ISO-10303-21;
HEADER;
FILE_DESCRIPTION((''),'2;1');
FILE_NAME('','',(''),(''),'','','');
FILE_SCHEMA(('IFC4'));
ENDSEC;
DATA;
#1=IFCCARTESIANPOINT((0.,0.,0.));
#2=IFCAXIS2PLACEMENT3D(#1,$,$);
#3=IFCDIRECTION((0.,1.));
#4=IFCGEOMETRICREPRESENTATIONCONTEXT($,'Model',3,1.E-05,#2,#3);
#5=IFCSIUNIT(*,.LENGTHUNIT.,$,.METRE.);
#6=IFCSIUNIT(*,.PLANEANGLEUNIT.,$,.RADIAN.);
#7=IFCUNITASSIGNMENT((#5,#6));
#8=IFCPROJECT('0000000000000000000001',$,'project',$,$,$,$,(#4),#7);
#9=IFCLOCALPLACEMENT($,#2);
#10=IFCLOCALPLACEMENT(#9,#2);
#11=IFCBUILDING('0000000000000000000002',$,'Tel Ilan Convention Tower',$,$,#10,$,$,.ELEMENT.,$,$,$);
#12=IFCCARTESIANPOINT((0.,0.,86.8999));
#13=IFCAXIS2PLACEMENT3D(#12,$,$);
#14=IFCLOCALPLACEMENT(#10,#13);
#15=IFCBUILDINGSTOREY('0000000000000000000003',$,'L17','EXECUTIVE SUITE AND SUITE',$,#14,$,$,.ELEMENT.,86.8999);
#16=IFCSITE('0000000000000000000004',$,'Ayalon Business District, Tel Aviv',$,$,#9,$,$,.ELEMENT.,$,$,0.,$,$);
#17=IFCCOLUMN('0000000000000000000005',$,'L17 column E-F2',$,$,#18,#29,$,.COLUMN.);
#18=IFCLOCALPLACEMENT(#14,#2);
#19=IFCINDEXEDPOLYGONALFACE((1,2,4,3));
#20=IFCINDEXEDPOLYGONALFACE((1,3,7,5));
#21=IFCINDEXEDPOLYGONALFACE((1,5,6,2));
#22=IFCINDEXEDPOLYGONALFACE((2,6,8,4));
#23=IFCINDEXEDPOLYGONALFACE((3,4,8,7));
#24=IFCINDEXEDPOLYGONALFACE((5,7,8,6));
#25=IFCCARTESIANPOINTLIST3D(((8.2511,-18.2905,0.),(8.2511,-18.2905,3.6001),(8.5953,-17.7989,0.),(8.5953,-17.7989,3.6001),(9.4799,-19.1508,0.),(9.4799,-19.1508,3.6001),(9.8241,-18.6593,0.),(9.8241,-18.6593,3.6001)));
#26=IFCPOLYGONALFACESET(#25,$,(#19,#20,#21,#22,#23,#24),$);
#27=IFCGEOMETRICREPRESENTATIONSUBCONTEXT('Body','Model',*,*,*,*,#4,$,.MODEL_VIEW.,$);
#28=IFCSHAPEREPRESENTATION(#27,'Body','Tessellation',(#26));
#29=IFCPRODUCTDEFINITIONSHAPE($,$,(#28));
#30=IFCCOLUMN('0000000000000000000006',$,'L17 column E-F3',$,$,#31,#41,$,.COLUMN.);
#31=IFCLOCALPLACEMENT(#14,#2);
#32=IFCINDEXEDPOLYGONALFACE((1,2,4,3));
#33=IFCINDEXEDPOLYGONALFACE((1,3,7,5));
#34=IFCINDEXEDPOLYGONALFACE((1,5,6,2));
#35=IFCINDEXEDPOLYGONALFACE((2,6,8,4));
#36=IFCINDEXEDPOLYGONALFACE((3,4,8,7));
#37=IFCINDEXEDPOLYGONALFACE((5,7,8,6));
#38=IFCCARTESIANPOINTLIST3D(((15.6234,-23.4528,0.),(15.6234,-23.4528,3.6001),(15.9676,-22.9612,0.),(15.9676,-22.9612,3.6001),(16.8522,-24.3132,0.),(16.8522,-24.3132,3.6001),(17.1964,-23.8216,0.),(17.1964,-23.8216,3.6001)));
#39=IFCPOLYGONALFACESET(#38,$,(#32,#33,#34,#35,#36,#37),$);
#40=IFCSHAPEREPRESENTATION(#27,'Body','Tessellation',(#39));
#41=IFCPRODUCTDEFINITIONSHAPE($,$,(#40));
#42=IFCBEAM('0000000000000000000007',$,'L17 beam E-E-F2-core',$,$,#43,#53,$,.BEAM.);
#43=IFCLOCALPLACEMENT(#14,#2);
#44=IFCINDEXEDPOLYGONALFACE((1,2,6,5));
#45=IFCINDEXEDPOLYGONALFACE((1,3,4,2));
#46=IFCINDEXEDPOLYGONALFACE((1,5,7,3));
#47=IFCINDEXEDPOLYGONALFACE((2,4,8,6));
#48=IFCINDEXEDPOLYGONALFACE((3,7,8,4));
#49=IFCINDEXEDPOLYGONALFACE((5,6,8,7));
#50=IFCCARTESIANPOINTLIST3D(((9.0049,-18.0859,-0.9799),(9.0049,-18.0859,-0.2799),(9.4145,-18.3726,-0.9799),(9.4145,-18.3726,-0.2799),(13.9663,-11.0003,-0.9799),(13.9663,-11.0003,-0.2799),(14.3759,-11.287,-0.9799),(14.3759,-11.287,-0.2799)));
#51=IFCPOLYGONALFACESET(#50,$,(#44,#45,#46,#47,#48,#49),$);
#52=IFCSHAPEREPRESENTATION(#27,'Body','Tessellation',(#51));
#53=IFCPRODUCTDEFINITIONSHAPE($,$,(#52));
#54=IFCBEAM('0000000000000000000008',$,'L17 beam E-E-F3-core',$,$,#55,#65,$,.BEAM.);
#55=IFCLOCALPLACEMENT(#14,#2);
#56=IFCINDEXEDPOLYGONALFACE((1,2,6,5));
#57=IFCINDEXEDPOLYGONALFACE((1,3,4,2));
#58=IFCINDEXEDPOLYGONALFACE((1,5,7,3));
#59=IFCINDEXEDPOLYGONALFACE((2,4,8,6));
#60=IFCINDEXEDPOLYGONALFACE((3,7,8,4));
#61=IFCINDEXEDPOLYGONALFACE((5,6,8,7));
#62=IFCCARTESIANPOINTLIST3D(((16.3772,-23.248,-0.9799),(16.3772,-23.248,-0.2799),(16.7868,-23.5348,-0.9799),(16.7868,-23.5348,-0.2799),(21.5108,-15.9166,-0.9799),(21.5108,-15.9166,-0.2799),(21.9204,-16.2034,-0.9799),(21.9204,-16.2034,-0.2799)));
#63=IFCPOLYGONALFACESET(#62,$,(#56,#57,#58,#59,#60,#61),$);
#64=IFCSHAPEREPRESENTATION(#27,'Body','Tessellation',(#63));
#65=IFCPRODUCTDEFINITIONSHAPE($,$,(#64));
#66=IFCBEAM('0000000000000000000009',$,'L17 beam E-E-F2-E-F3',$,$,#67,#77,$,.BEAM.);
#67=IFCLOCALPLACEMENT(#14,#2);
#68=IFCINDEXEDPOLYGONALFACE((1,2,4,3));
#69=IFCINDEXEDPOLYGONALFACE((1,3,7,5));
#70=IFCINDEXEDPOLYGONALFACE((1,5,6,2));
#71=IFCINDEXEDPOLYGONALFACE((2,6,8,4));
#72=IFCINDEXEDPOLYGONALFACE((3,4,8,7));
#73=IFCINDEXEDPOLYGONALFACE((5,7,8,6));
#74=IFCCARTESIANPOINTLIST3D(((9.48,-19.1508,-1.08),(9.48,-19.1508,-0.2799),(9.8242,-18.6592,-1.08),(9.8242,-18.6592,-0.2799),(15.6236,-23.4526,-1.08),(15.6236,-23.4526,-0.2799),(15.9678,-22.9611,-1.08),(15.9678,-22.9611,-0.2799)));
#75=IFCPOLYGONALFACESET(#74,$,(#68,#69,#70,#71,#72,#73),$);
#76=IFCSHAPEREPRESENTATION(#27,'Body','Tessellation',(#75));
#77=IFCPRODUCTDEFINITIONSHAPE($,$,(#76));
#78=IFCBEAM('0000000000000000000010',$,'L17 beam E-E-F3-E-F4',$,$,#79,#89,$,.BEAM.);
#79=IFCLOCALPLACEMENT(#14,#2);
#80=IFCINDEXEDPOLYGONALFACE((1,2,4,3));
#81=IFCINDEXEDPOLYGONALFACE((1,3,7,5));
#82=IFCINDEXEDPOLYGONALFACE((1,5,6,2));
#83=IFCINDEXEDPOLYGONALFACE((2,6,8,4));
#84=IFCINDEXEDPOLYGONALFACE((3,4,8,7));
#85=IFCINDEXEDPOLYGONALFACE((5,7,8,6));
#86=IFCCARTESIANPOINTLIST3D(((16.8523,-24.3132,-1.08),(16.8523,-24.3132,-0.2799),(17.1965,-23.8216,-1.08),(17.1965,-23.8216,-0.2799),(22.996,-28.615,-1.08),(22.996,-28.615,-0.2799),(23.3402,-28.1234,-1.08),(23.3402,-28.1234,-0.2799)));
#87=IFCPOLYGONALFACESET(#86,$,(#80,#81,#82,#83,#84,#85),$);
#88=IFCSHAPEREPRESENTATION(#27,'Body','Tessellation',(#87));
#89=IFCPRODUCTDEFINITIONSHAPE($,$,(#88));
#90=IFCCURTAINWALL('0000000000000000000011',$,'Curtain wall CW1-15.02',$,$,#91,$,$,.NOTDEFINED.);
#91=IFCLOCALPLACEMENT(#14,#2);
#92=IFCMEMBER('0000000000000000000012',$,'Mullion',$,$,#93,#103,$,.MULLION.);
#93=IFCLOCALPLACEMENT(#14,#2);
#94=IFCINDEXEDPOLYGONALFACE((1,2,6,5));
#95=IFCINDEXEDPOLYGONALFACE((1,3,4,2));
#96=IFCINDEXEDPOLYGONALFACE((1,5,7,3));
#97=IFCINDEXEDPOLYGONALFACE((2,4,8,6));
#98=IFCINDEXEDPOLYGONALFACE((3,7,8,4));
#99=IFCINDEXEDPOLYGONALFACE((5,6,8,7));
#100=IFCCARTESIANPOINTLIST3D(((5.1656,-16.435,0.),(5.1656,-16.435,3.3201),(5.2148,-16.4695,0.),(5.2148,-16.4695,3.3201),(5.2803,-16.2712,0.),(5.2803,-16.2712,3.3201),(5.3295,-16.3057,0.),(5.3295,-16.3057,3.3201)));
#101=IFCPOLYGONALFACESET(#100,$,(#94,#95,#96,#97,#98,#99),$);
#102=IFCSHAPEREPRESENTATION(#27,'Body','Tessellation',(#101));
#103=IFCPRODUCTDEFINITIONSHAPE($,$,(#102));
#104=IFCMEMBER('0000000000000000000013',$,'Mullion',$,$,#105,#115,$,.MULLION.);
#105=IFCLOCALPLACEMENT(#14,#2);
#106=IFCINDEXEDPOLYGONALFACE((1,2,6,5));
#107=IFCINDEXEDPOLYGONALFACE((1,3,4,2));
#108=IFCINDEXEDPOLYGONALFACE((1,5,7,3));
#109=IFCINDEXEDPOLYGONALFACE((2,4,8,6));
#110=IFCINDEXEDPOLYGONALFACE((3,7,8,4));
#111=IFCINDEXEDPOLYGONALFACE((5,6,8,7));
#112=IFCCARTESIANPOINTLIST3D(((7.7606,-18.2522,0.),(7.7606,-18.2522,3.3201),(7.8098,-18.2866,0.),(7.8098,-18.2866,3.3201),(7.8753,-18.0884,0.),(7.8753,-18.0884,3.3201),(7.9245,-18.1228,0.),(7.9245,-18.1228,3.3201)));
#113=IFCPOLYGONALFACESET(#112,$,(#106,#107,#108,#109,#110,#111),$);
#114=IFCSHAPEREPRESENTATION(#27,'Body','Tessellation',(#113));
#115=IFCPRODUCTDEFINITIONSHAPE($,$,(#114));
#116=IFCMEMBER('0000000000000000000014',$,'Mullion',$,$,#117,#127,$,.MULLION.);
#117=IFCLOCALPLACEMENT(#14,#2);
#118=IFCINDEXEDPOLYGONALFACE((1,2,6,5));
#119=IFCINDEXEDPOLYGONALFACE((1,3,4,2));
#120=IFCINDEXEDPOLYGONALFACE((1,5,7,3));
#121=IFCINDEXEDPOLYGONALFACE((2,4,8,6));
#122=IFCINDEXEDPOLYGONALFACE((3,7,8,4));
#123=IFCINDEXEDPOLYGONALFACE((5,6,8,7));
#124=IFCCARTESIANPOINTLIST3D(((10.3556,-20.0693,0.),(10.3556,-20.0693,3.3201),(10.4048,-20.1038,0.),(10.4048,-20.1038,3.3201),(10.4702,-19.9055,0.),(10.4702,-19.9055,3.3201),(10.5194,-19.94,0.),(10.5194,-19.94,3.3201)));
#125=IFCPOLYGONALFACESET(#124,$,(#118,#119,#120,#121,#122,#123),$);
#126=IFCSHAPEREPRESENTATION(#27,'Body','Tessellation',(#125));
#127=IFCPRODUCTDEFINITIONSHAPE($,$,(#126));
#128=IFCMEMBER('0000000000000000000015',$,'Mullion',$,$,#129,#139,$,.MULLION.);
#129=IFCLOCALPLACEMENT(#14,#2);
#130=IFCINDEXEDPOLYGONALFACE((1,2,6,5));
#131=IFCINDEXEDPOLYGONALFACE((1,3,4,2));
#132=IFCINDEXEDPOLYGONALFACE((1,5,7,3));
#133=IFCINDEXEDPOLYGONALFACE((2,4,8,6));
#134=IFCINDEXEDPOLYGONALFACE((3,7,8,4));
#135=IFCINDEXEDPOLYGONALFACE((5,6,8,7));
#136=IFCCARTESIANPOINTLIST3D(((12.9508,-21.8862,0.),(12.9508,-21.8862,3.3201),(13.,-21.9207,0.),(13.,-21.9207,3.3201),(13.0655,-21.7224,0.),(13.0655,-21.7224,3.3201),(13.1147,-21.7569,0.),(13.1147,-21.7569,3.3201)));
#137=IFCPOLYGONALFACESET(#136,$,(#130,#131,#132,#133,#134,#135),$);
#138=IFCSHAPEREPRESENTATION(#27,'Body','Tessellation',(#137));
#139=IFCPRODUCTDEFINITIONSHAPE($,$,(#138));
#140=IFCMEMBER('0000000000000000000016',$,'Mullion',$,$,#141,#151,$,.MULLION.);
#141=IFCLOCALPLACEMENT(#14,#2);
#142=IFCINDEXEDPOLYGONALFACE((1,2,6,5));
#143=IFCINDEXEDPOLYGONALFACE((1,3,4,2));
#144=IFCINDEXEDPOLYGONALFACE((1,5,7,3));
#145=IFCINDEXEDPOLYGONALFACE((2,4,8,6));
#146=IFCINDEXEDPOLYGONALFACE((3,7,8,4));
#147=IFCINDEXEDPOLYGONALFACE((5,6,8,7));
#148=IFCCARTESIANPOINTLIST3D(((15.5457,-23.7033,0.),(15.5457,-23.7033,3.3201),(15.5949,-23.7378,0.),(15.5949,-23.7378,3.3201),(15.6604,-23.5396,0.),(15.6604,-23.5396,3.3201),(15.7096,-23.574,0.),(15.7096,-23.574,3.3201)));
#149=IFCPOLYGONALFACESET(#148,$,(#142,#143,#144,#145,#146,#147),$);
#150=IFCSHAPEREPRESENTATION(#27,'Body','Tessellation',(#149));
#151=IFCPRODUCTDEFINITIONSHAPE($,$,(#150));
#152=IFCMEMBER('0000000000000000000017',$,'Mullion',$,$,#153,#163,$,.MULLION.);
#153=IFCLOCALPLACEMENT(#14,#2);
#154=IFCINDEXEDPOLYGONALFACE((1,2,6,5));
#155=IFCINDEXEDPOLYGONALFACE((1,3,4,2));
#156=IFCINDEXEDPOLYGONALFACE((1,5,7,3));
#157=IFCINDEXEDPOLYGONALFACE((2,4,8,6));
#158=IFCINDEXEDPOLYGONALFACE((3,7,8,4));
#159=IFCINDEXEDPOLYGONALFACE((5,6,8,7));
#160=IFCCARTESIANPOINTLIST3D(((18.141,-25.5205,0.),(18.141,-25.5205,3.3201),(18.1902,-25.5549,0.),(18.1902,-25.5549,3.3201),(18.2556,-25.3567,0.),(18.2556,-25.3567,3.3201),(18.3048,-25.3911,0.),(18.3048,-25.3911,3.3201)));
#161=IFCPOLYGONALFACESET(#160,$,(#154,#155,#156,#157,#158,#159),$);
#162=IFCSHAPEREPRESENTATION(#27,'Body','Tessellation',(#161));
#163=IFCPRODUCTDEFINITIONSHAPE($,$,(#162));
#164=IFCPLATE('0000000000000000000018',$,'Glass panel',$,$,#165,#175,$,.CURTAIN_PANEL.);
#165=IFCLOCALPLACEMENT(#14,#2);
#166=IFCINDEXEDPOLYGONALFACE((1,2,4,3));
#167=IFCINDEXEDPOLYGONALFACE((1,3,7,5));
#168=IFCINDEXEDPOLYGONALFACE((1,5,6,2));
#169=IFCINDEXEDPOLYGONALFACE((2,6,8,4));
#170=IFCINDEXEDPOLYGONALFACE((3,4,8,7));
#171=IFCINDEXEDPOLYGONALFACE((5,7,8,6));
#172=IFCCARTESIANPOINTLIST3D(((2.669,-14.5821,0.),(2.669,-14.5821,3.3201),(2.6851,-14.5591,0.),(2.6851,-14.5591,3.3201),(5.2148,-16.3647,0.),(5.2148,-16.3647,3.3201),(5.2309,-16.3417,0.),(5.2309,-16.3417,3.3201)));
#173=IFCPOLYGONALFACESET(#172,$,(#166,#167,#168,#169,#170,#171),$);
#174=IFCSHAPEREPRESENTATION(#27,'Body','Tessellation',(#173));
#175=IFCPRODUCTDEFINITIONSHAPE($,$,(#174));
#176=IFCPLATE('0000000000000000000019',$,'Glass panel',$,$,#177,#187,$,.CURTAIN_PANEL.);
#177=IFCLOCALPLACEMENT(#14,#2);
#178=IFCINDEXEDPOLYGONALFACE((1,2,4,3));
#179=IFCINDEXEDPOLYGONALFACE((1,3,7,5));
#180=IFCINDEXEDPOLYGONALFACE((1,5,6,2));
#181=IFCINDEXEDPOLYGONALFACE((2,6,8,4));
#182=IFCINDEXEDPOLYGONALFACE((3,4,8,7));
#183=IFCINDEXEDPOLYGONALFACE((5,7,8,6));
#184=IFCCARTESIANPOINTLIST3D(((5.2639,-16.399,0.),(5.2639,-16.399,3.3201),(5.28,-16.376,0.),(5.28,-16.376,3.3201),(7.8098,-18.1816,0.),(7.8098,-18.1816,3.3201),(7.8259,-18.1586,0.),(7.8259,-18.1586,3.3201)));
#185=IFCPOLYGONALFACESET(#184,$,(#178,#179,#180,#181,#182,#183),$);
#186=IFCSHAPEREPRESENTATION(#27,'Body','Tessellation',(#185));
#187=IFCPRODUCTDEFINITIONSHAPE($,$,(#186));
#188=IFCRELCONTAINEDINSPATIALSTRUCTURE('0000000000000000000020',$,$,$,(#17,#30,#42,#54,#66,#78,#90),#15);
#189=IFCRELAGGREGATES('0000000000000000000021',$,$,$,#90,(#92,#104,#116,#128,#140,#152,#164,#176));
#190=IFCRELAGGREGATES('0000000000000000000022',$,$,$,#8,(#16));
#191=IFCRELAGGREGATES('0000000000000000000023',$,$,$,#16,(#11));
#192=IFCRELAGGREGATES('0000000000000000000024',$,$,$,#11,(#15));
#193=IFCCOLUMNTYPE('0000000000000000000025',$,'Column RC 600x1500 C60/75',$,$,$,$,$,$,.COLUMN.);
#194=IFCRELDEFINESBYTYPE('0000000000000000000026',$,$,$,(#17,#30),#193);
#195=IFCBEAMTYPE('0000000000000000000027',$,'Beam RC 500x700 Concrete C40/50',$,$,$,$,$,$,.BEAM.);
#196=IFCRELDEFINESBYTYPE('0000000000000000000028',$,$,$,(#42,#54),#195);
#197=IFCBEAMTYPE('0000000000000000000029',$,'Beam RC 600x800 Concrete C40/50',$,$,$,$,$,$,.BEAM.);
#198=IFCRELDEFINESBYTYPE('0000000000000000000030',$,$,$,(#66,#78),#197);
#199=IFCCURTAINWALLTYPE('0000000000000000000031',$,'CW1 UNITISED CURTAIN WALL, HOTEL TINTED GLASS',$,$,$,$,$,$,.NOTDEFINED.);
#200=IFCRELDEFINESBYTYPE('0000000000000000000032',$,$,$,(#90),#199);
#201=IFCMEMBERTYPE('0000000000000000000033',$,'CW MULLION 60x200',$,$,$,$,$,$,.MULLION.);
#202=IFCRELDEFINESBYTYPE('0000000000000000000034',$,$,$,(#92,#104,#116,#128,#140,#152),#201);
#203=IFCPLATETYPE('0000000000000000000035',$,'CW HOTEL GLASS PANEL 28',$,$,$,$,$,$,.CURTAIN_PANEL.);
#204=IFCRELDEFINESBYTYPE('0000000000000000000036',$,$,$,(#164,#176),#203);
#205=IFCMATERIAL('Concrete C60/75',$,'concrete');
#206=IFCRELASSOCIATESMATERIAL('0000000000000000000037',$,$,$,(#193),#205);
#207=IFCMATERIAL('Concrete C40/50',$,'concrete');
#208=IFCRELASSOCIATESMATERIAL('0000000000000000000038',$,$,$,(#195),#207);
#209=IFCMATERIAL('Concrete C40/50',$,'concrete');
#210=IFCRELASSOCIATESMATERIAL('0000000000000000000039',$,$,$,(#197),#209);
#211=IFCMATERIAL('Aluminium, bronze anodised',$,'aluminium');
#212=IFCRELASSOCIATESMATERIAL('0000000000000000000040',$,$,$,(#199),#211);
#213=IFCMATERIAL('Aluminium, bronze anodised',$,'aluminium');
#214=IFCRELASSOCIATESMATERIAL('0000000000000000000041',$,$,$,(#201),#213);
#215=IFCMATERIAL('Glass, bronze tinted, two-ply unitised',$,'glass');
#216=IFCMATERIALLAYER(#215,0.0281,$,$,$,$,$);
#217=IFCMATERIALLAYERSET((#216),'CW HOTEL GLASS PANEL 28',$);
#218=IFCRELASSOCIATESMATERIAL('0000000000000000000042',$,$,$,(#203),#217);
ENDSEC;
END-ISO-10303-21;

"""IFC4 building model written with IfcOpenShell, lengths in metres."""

from ifc_helpers import new_model, si_unit, direction, frame, origin, origin_2d, place, context, subcontext, project, spatial, rectangle, extrude, material, layer, layer_set, material_profile, profile_set, type_object, element, aggregate, save


model = new_model("IFC4")

# Units and contexts
model_context = context("Model", 3, precision=1e-05, world=origin(), true_north=direction((0.0, 1.0)))
body_context = subcontext(model_context, "Body", "Model", "MODEL_VIEW")
ifc_project = project(units=[si_unit("LENGTHUNIT", "METRE"), si_unit("PLANEANGLEUNIT", "RADIAN")], contexts=[model_context])

# Site, building, storey
site_placement = place(None, origin())
site = spatial("IfcSite", under=ifc_project, at=site_placement, Name="Ayalon Business District, Tel Aviv", CompositionType="ELEMENT", RefElevation=0.0)
building_placement = place(site_placement, origin())
building = spatial("IfcBuilding", under=site, at=building_placement, Name="Tel Ilan Convention Tower", CompositionType="ELEMENT")
storey_placement = place(building_placement, frame((0.0, 0.0, 86.8999)))
storey = spatial("IfcBuildingStorey", under=building, at=storey_placement, Name="L17", Description="EXECUTIVE SUITE AND SUITE", CompositionType="ELEMENT", Elevation=86.8999)

# Columns
ifc_material_1 = material(Name="Concrete C60/75", Category="concrete")
ifc_material_profile_1 = material_profile(ifc_material_1, rectangle(XDim=1.5, YDim=0.6001, at=origin_2d()), Name="RC 600x1500")
ifc_profile_set_1 = profile_set([ifc_material_profile_1], Name="Concrete C60/75")
column_type = type_object("IfcColumnType", Name="Column RC 600x1500 C60/75", PredefinedType="COLUMN", material=ifc_profile_set_1)
for number, where, z_axis, x_axis, name in (
    (1, (9.0376, -18.4749, 0.0), (0.0, 0.0, 1.0), (0.819152, -0.573576, 0.0), "L17 column E-F2"),
    (2, (16.4099, -23.6372, 0.0), (0.0, 0.0, 1.0), (0.819152, -0.573576, 0.0), "L17 column E-F3"),
):
    element("IfcColumn", number, at=place(storey_placement, frame(where, z_axis=z_axis, x_axis=x_axis)), inside=storey, type_object=column_type, Name=name, PredefinedType="COLUMN", context=body_context, shape_type="SweptSolid", body=[
        extrude(rectangle(XDim=1.5, YDim=0.6001, at=origin_2d()), origin(), (0.0, 0.0, 1.0), 3.6001),
    ])

# Beams
ifc_material_2 = material(Name="Concrete C40/50", Category="concrete")
ifc_material_profile_2 = material_profile(ifc_material_2, rectangle(XDim=0.5, YDim=0.7, at=origin_2d()), Name="RC 500x700")
ifc_profile_set_2 = profile_set([ifc_material_profile_2], Name="Concrete C40/50")
beam_type_1 = type_object("IfcBeamType", Name="Beam RC 500x700 Concrete C40/50", PredefinedType="BEAM", material=ifc_profile_set_2)
beam_1_placement = place(storey_placement, frame((9.2097, -18.2292, -0.6299), z_axis=(0.573574, 0.819154, 0.0), x_axis=(-0.819154, 0.573574, 0.0)))
element("IfcBeam", 3, at=beam_1_placement, inside=storey, type_object=beam_type_1, Name="L17 beam E-E-F2-core", PredefinedType="BEAM", context=body_context, shape_type="SweptSolid", body=[
    extrude(rectangle(XDim=0.5, YDim=0.7, at=origin_2d()), origin(), (0.0, 0.0, 1.0), 8.6499),
])
beam_2_placement = place(storey_placement, frame((16.582, -23.3914, -0.6299), z_axis=(0.573585, 0.819146, 0.0), x_axis=(-0.819146, 0.573585, 0.0)))
element("IfcBeam", 4, at=beam_2_placement, inside=storey, type_object=beam_type_1, Name="L17 beam E-E-F3-core", PredefinedType="BEAM", context=body_context, shape_type="SweptSolid", body=[
    extrude(rectangle(XDim=0.5, YDim=0.7, at=origin_2d()), origin(), (0.0, 0.0, 1.0), 8.95),
])
ifc_material_3 = material(Name="Concrete C40/50", Category="concrete")
ifc_material_profile_3 = material_profile(ifc_material_3, rectangle(XDim=0.6001, YDim=0.8, at=origin_2d()), Name="RC 600x800")
ifc_profile_set_3 = profile_set([ifc_material_profile_3], Name="Concrete C40/50")
beam_type_2 = type_object("IfcBeamType", Name="Beam RC 600x800 Concrete C40/50", PredefinedType="BEAM", material=ifc_profile_set_3)
for number, where, z_axis, x_axis, name in (
    (5, (9.6521, -18.905, -0.6799), (0.819152, -0.573576, 0.0), (0.573576, 0.819152, 0.0), "L17 beam E-E-F2-E-F3"),
    (6, (17.0244, -24.0674, -0.6799), (0.819152, -0.573576, 0.0), (0.573576, 0.819152, 0.0), "L17 beam E-E-F3-E-F4"),
):
    element("IfcBeam", number, at=place(storey_placement, frame(where, z_axis=z_axis, x_axis=x_axis)), inside=storey, type_object=beam_type_2, Name=name, PredefinedType="BEAM", context=body_context, shape_type="SweptSolid", body=[
        extrude(rectangle(XDim=0.6001, YDim=0.8, at=origin_2d()), origin(), (0.0, 0.0, 1.0), 7.5),
    ])

# Curtain wall, members, plates
ifc_material_4 = material(Name="Aluminium, bronze anodised", Category="aluminium")
curtain_wall_type = type_object("IfcCurtainWallType", Name="CW1 UNITISED CURTAIN WALL, HOTEL TINTED GLASS", PredefinedType="NOTDEFINED", material=ifc_material_4)
curtain_wall_placement = place(storey_placement, origin())
curtain_wall = element("IfcCurtainWall", 7, at=curtain_wall_placement, inside=storey, type_object=curtain_wall_type, Name="Curtain wall CW1-15.02", PredefinedType="NOTDEFINED")
ifc_material_5 = material(Name="Aluminium, bronze anodised", Category="aluminium")
ifc_material_profile_4 = material_profile(ifc_material_5, rectangle(XDim=0.0601, YDim=0.2, at=origin_2d()), Name="CW MULLION 60x200")
ifc_profile_set_4 = profile_set([ifc_material_profile_4], Name="Aluminium, bronze anodised")
member_type = type_object("IfcMemberType", Name="CW MULLION 60x200", PredefinedType="MULLION", material=ifc_profile_set_4)
member_1_placement = place(storey_placement, frame((5.2476, -16.3704, 0.0), z_axis=(0.0, 0.0, 1.0), x_axis=(0.819152, -0.573576, 0.0)))
member_1 = element("IfcMember", 8, at=member_1_placement, type_object=member_type, Name="Mullion", PredefinedType="MULLION", context=body_context, shape_type="SweptSolid", body=[
    extrude(rectangle(XDim=0.0601, YDim=0.2, at=origin_2d()), origin(), (0.0, 0.0, 1.0), 3.3201),
])
member_2_placement = place(storey_placement, frame((7.8425, -18.1875, 0.0), z_axis=(0.0, 0.0, 1.0), x_axis=(0.819152, -0.573576, 0.0)))
member_2 = element("IfcMember", 9, at=member_2_placement, type_object=member_type, Name="Mullion", PredefinedType="MULLION", context=body_context, shape_type="SweptSolid", body=[
    extrude(rectangle(XDim=0.0601, YDim=0.2, at=origin_2d()), origin(), (0.0, 0.0, 1.0), 3.3201),
])
member_3_placement = place(storey_placement, frame((10.4375, -20.0046, 0.0), z_axis=(0.0, 0.0, 1.0), x_axis=(0.819152, -0.573576, 0.0)))
member_3 = element("IfcMember", 10, at=member_3_placement, type_object=member_type, Name="Mullion", PredefinedType="MULLION", context=body_context, shape_type="SweptSolid", body=[
    extrude(rectangle(XDim=0.0601, YDim=0.2, at=origin_2d()), origin(), (0.0, 0.0, 1.0), 3.3201),
])
member_4_placement = place(storey_placement, frame((13.0327, -21.8215, 0.0), z_axis=(0.0, 0.0, 1.0), x_axis=(0.819152, -0.573576, 0.0)))
member_4 = element("IfcMember", 11, at=member_4_placement, type_object=member_type, Name="Mullion", PredefinedType="MULLION", context=body_context, shape_type="SweptSolid", body=[
    extrude(rectangle(XDim=0.0601, YDim=0.2, at=origin_2d()), origin(), (0.0, 0.0, 1.0), 3.3201),
])
member_5_placement = place(storey_placement, frame((15.6277, -23.6387, 0.0), z_axis=(0.0, 0.0, 1.0), x_axis=(0.819152, -0.573576, 0.0)))
member_5 = element("IfcMember", 12, at=member_5_placement, type_object=member_type, Name="Mullion", PredefinedType="MULLION", context=body_context, shape_type="SweptSolid", body=[
    extrude(rectangle(XDim=0.0601, YDim=0.2, at=origin_2d()), origin(), (0.0, 0.0, 1.0), 3.3201),
])
member_6_placement = place(storey_placement, frame((18.2229, -25.4558, 0.0), z_axis=(0.0, 0.0, 1.0), x_axis=(0.819152, -0.573576, 0.0)))
member_6 = element("IfcMember", 13, at=member_6_placement, type_object=member_type, Name="Mullion", PredefinedType="MULLION", context=body_context, shape_type="SweptSolid", body=[
    extrude(rectangle(XDim=0.0601, YDim=0.2, at=origin_2d()), origin(), (0.0, 0.0, 1.0), 3.3201),
])
ifc_material_6 = material(Name="Glass, bronze tinted, two-ply unitised", Category="glass")
ifc_layer_1 = layer(ifc_material_6, 0.0281)
ifc_layer_set_1 = layer_set([ifc_layer_1], Name="CW HOTEL GLASS PANEL 28")
plate_type = type_object("IfcPlateType", Name="CW HOTEL GLASS PANEL 28", PredefinedType="CURTAIN_PANEL", material=ifc_layer_set_1)
plate_1_placement = place(storey_placement, frame((3.95, -15.4619, 0.0), z_axis=(0.0, 0.0, 1.0), x_axis=(0.819152, -0.573576, 0.0)))
plate_1 = element("IfcPlate", 14, at=plate_1_placement, type_object=plate_type, Name="Glass panel", PredefinedType="CURTAIN_PANEL", context=body_context, shape_type="SweptSolid", body=[
    extrude(rectangle(XDim=3.1079, YDim=0.0281, at=origin_2d()), origin(), (0.0, 0.0, 1.0), 3.3201),
])
plate_2_placement = place(storey_placement, frame((6.5449, -17.2788, 0.0), z_axis=(0.0, 0.0, 1.0), x_axis=(0.819152, -0.573576, 0.0)))
plate_2 = element("IfcPlate", 15, at=plate_2_placement, type_object=plate_type, Name="Glass panel", PredefinedType="CURTAIN_PANEL", context=body_context, shape_type="SweptSolid", body=[
    extrude(rectangle(XDim=3.1079, YDim=0.0281, at=origin_2d()), origin(), (0.0, 0.0, 1.0), 3.3201),
])
aggregate(curtain_wall, [member_1, member_2, member_3, member_4, member_5, member_6, plate_1, plate_2])

save(model, "model.ifc")
